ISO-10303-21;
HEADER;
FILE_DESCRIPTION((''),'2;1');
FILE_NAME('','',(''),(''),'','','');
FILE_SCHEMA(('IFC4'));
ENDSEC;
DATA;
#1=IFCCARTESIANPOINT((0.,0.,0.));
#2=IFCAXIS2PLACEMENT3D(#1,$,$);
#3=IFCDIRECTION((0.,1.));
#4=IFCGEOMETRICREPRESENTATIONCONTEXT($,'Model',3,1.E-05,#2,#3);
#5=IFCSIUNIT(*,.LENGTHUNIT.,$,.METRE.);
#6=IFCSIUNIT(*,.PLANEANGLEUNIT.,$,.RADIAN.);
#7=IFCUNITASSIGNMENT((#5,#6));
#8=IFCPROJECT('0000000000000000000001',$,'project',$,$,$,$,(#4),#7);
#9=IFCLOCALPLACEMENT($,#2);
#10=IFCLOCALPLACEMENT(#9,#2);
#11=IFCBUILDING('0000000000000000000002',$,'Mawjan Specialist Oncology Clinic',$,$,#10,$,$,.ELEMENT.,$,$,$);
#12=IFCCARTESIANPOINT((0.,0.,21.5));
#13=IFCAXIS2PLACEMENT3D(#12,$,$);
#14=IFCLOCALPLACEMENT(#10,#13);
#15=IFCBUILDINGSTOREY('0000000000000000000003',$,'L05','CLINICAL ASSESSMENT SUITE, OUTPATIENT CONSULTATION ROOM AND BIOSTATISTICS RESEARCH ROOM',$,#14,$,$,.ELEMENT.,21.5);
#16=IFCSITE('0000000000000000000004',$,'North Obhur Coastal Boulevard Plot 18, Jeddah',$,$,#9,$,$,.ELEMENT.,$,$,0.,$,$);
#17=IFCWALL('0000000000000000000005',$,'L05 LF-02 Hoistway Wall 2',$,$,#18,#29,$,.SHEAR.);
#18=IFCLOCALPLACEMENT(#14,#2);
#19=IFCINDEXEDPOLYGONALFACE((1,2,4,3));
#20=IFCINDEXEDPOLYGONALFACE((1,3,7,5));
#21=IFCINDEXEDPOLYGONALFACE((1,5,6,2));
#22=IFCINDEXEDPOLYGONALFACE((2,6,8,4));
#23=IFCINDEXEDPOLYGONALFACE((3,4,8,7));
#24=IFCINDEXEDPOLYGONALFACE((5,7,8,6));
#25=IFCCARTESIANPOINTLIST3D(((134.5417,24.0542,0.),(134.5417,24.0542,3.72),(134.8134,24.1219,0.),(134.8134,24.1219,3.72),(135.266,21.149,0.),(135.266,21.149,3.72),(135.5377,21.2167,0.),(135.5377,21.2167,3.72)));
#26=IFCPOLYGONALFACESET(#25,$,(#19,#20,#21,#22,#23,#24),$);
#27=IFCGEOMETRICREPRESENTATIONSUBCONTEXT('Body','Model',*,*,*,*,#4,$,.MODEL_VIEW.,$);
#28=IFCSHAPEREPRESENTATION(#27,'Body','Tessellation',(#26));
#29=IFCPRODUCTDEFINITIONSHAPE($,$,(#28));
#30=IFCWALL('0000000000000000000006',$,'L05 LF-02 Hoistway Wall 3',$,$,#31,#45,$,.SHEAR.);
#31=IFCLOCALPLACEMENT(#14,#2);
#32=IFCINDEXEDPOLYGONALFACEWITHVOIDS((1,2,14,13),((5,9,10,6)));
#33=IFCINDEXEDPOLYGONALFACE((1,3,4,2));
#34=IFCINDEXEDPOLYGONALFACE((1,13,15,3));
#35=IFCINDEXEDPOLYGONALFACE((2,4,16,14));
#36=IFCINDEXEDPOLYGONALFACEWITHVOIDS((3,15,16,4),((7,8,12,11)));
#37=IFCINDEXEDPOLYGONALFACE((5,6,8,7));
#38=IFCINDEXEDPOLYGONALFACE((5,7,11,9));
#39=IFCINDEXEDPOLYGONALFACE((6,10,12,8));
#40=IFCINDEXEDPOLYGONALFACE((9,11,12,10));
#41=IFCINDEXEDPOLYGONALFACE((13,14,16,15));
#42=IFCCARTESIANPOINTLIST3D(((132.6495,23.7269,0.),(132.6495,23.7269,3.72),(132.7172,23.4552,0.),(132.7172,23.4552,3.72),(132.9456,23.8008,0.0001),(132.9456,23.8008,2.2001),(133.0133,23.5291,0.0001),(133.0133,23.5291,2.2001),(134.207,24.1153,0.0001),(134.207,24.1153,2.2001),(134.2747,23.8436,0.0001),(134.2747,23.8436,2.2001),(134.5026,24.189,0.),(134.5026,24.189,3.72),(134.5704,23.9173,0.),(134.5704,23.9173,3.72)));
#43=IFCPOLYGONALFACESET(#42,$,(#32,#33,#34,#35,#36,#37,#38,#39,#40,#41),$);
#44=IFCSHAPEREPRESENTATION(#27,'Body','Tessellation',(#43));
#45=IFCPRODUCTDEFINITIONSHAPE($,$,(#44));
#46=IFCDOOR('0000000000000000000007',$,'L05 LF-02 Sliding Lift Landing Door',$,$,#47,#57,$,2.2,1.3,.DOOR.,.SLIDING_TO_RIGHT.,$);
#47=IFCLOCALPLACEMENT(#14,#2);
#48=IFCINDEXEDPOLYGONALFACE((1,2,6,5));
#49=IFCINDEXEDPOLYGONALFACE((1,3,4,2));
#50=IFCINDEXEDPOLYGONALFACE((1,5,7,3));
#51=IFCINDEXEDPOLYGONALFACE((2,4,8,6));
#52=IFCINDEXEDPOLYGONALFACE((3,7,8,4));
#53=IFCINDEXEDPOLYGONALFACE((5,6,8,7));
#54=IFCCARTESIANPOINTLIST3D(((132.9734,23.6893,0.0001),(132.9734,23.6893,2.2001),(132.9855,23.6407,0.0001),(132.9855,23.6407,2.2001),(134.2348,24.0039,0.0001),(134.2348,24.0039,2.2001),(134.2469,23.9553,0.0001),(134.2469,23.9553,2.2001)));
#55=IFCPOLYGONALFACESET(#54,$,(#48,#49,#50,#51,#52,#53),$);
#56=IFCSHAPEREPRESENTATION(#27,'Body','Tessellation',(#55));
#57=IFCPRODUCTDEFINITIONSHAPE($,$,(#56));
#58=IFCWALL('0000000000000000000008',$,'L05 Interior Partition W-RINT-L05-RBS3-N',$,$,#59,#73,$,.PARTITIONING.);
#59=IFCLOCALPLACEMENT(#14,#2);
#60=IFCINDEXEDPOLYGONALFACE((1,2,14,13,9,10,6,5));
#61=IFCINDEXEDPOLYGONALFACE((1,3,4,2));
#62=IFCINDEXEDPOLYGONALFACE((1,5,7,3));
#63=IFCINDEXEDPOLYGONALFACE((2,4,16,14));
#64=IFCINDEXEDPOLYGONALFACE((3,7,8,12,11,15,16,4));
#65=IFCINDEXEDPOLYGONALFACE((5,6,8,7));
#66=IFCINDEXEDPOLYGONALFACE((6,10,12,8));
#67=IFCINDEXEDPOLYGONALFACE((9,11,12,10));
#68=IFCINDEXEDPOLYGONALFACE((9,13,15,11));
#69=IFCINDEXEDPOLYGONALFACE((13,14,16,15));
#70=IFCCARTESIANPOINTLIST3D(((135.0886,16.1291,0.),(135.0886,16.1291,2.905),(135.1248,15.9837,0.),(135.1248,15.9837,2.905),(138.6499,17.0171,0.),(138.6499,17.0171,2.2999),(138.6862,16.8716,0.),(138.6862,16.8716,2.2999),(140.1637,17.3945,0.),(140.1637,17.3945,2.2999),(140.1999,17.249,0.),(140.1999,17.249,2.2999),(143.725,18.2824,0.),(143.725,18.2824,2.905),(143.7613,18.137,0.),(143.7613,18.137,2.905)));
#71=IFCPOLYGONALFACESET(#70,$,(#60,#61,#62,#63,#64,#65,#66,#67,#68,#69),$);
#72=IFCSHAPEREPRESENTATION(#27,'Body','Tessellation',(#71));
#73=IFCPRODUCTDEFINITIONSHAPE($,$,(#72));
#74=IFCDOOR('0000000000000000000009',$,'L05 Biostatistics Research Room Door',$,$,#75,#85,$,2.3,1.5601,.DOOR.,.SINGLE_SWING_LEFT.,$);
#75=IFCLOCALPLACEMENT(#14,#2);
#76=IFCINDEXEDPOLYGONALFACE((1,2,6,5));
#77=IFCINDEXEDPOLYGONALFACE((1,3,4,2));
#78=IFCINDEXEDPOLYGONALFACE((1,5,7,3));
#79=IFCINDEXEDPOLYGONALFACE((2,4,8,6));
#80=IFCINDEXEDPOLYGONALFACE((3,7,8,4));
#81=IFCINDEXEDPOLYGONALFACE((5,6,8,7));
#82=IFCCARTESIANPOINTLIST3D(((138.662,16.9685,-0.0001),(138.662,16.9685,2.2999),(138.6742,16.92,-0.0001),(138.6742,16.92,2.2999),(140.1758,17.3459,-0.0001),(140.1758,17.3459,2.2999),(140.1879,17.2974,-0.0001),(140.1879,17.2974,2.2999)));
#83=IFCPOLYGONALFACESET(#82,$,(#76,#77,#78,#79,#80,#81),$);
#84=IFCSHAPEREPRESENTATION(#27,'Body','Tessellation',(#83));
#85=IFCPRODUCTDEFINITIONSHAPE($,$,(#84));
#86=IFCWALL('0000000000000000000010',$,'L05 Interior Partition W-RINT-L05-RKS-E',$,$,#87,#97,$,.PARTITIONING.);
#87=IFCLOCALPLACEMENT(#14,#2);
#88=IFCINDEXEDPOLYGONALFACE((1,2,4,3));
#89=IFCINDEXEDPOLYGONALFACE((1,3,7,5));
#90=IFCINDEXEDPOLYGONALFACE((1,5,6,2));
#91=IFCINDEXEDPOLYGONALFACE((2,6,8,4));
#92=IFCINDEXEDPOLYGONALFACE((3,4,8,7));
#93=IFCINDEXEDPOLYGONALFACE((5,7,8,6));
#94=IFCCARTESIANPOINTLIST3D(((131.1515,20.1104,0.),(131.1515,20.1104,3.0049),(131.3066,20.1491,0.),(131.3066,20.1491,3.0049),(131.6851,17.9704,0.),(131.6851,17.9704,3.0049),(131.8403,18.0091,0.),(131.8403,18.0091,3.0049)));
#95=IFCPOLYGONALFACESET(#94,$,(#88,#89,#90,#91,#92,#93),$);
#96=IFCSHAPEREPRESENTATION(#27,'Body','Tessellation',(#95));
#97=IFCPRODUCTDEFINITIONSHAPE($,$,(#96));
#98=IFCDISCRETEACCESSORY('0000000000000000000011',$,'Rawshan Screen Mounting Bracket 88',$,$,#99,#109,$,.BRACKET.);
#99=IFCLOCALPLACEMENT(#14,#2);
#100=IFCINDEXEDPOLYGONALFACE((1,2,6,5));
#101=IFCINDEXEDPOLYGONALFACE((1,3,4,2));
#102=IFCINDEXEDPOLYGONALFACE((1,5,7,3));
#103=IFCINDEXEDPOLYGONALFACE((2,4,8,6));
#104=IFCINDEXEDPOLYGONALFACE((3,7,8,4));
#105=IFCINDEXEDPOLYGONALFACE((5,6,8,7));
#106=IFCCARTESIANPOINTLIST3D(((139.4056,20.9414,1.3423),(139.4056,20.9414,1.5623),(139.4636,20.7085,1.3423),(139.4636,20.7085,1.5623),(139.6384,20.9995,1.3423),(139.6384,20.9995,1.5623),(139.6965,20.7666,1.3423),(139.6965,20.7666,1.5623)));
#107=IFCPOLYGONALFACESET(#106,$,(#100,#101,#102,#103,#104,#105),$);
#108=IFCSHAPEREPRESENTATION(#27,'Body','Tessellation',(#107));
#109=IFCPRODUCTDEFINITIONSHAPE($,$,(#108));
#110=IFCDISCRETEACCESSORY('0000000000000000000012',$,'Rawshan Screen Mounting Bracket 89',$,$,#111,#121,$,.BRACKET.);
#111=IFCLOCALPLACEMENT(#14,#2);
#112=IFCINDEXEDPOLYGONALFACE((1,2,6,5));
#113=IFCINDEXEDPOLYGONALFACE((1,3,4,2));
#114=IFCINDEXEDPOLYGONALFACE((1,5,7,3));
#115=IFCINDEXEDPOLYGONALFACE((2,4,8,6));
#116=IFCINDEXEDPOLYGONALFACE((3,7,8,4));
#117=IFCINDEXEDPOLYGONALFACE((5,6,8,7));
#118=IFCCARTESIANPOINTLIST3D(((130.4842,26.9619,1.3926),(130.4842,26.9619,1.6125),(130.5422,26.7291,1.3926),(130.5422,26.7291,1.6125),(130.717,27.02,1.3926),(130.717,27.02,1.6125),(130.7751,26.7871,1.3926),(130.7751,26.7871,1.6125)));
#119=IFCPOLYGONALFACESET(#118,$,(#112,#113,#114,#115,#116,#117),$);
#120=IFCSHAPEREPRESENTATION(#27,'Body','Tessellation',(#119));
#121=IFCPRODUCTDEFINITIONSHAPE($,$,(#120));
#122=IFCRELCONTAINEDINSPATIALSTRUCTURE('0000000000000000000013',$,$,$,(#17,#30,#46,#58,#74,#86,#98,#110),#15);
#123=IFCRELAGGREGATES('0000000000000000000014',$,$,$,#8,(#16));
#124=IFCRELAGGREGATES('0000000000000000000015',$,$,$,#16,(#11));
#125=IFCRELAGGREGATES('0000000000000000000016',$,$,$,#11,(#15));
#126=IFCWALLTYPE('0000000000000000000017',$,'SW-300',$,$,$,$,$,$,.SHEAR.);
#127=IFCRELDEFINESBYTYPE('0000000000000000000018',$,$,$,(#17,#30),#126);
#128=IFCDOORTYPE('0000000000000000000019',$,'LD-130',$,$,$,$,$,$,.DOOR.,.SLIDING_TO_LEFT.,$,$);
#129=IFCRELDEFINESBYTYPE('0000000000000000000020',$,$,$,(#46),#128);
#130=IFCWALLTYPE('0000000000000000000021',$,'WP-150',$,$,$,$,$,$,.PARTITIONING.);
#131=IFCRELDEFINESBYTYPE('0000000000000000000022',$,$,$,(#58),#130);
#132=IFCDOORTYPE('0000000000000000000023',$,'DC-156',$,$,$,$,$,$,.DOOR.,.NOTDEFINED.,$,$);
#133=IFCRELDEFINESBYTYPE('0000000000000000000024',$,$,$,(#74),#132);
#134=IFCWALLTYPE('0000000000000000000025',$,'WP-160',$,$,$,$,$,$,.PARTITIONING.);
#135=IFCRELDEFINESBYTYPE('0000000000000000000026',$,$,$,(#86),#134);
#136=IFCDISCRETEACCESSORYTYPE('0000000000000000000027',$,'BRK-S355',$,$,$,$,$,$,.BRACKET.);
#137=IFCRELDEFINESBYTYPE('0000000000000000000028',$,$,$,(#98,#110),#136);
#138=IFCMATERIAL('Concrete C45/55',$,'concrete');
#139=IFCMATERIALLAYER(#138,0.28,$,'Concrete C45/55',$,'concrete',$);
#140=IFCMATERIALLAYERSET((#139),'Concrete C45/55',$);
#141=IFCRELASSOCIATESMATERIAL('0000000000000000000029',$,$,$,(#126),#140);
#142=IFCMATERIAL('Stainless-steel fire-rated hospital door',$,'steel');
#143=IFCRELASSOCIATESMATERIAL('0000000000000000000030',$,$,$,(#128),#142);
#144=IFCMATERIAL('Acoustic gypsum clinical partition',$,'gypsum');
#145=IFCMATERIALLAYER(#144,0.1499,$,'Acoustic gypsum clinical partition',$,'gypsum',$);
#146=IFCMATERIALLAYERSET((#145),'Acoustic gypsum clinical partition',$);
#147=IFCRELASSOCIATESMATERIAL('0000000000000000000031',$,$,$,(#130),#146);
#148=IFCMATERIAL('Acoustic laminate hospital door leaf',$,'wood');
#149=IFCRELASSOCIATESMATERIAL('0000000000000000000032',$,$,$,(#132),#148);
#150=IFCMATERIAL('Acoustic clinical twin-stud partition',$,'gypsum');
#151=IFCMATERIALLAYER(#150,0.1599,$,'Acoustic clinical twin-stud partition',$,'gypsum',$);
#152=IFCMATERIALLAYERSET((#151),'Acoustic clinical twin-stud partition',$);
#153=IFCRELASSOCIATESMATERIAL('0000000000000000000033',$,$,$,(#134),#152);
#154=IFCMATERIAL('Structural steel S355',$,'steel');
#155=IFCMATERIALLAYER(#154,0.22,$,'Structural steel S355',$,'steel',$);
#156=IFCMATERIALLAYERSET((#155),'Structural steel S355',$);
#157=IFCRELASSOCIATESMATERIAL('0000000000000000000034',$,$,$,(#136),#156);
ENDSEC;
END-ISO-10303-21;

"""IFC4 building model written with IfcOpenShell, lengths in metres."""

from ifc_helpers import new_model, si_unit, direction, frame, frame_2d, origin, origin_2d, place, context, subcontext, project, spatial, rectangle, extrude, material, layer, layer_set, type_object, element, fill, save


model = new_model("IFC4")

# Units and contexts
model_context = context("Model", 3, precision=1e-05, world=origin(), true_north=direction((0.0, 1.0)))
body_context = subcontext(model_context, "Body", "Model", "MODEL_VIEW")
ifc_project = project(units=[si_unit("LENGTHUNIT", "METRE"), si_unit("PLANEANGLEUNIT", "RADIAN")], contexts=[model_context])

# Site, building, storey
site_placement = place(None, origin())
site = spatial("IfcSite", under=ifc_project, at=site_placement, Name="North Obhur Coastal Boulevard Plot 18, Jeddah", CompositionType="ELEMENT", RefElevation=0.0)
building_placement = place(site_placement, origin())
building = spatial("IfcBuilding", under=site, at=building_placement, Name="Mawjan Specialist Oncology Clinic", CompositionType="ELEMENT")
storey_placement = place(building_placement, frame((0.0, 0.0, 21.5)))
storey = spatial("IfcBuildingStorey", under=building, at=storey_placement, Name="L05", Description="CLINICAL ASSESSMENT SUITE, OUTPATIENT CONSULTATION ROOM AND BIOSTATISTICS RESEARCH ROOM", CompositionType="ELEMENT", Elevation=21.5)

# Shared definitions
ifc_material_1 = material(Name="Concrete C45/55", Category="concrete")
ifc_layer_1 = layer(ifc_material_1, 0.28, Name="Concrete C45/55", Category="concrete")
ifc_layer_set_1 = layer_set([ifc_layer_1], Name="Concrete C45/55")
wall_type_1 = type_object("IfcWallType", Name="SW-300", PredefinedType="SHEAR", material=ifc_layer_set_1)

# Shared definitions
ifc_material_2 = material(Name="Stainless-steel fire-rated hospital door", Category="steel")
door_type_1 = type_object("IfcDoorType", Name="LD-130", OperationType="SLIDING_TO_LEFT", PredefinedType="DOOR", material=ifc_material_2)

# Wall
wall_1_placement = place(storey_placement, frame((135.4019, 21.1829, 0.0), z_axis=(0.0, 0.0, 1.0), x_axis=(-0.241922, 0.970296, 0.0)))
element("IfcWall", 1, at=wall_1_placement, inside=storey, type_object=wall_type_1, Name="L05 LF-02 Hoistway Wall 2", PredefinedType="SHEAR", context=body_context, shape_type="SweptSolid", body=[
    extrude(rectangle(XDim=2.9941, YDim=0.28, at=frame_2d((1.4971, 0.0))), origin(), (0.0, 0.0, 1.0), 3.72),
])

# Walls, openings, doors
wall_2_placement = place(storey_placement, frame((134.5366, 24.0532, 0.0), z_axis=(0.0, 0.0, 1.0), x_axis=(-0.970285, -0.241964, 0.0)))
wall_2 = element("IfcWall", 2, at=wall_2_placement, inside=storey, type_object=wall_type_1, Name="L05 LF-02 Hoistway Wall 3", PredefinedType="SHEAR", context=body_context, shape_type="SweptSolid", body=[
    extrude(rectangle(XDim=1.9099, YDim=0.28, at=frame_2d((0.9551, 0.0))), origin(), (0.0, 0.0, 1.0), 3.72),
])
opening_1_placement = place(wall_2_placement, frame((0.3049, 0.0, 0.0)))
opening_1 = element("IfcOpeningElement", 3, at=opening_1_placement, cuts=wall_2, PredefinedType="OPENING", context=body_context, shape_type="SweptSolid", body=[
    extrude(rectangle(XDim=1.3, YDim=2.2, at=frame_2d((0.6499, 1.1001))), frame((0.0, 0.1521, 0.0), z_axis=(0.0, -1.0, 0.0), x_axis=(1.0, 0.0, 0.0)), (0.0, 0.0, 1.0), 0.304),
])
door_1_placement = place(opening_1_placement, origin())
door_1 = element("IfcDoor", 4, at=door_1_placement, inside=storey, type_object=door_type_1, Name="L05 LF-02 Sliding Lift Landing Door", OperationType="SLIDING_TO_RIGHT", OverallHeight=2.2, OverallWidth=1.3, PredefinedType="DOOR", context=body_context, shape_type="SweptSolid", body=[
    extrude(rectangle(XDim=1.3, YDim=2.2, at=frame_2d((0.6499, 1.1001))), frame((0.0, 0.0249, 0.0), z_axis=(0.0, -1.0, 0.0), x_axis=(1.0, 0.0, 0.0)), (0.0, 0.0, 1.0), 0.05),
])
fill(opening_1, door_1)
ifc_material_3 = material(Name="Acoustic gypsum clinical partition", Category="gypsum")
ifc_layer_2 = layer(ifc_material_3, 0.1499, Name="Acoustic gypsum clinical partition", Category="gypsum")
ifc_layer_set_2 = layer_set([ifc_layer_2], Name="Acoustic gypsum clinical partition")
wall_type_2 = type_object("IfcWallType", Name="WP-150", PredefinedType="PARTITIONING", material=ifc_layer_set_2)
wall_3_placement = place(storey_placement, frame((135.1067, 16.0564, 0.0), z_axis=(0.0, 0.0, 1.0), x_axis=(0.970296, 0.241922, 0.0)))
wall_3 = element("IfcWall", 5, at=wall_3_placement, inside=storey, type_object=wall_type_2, Name="L05 Interior Partition W-RINT-L05-RBS3-N", PredefinedType="PARTITIONING", context=body_context, shape_type="SweptSolid", body=[
    extrude(rectangle(XDim=8.9009, YDim=0.1499, at=frame_2d((4.4504, 0.0))), origin(), (0.0, 0.0, 1.0), 2.905),
])
opening_2_placement = place(wall_3_placement, frame((3.6704, 0.0, 0.0)))
opening_2 = element("IfcOpeningElement", 6, at=opening_2_placement, cuts=wall_3, PredefinedType="OPENING", context=body_context, shape_type="SweptSolid", body=[
    extrude(rectangle(XDim=1.5601, YDim=2.3, at=frame_2d((0.78, 1.1499))), frame((0.0, 0.0869, 0.0), z_axis=(0.0, -1.0, 0.0), x_axis=(1.0, 0.0, 0.0)), (0.0, 0.0, 1.0), 0.1738),
])
ifc_material_4 = material(Name="Acoustic laminate hospital door leaf", Category="wood")
door_type_2 = type_object("IfcDoorType", Name="DC-156", OperationType="NOTDEFINED", PredefinedType="DOOR", material=ifc_material_4)
door_2_placement = place(opening_2_placement, origin())
door_2 = element("IfcDoor", 7, at=door_2_placement, inside=storey, type_object=door_type_2, Name="L05 Biostatistics Research Room Door", OperationType="SINGLE_SWING_LEFT", OverallHeight=2.3, OverallWidth=1.5601, PredefinedType="DOOR", context=body_context, shape_type="SweptSolid", body=[
    extrude(rectangle(XDim=1.5601, YDim=2.3, at=frame_2d((0.78, 1.1499))), frame((0.0, 0.0249, 0.0), z_axis=(0.0, -1.0, 0.0), x_axis=(1.0, 0.0, 0.0)), (0.0, 0.0, 1.0), 0.05),
])
fill(opening_2, door_2)

# Wall
ifc_material_5 = material(Name="Acoustic clinical twin-stud partition", Category="gypsum")
ifc_layer_3 = layer(ifc_material_5, 0.1599, Name="Acoustic clinical twin-stud partition", Category="gypsum")
ifc_layer_set_3 = layer_set([ifc_layer_3], Name="Acoustic clinical twin-stud partition")
wall_type_3 = type_object("IfcWallType", Name="WP-160", PredefinedType="PARTITIONING", material=ifc_layer_set_3)
wall_4_placement = place(storey_placement, frame((131.7627, 17.9897, 0.0), z_axis=(0.0, 0.0, 1.0), x_axis=(-0.241963, 0.970286, 0.0)))
element("IfcWall", 8, at=wall_4_placement, inside=storey, type_object=wall_type_3, Name="L05 Interior Partition W-RINT-L05-RKS-E", PredefinedType="PARTITIONING", context=body_context, shape_type="SweptSolid", body=[
    extrude(rectangle(XDim=2.2056, YDim=0.1599, at=frame_2d((1.1028, 0.0))), origin(), (0.0, 0.0, 1.0), 3.0049),
])

# Discrete accessories
ifc_material_6 = material(Name="Structural steel S355", Category="steel")
ifc_layer_4 = layer(ifc_material_6, 0.22, Name="Structural steel S355", Category="steel")
ifc_layer_set_4 = layer_set([ifc_layer_4], Name="Structural steel S355")
discrete_accessory_type = type_object("IfcDiscreteAccessoryType", Name="BRK-S355", PredefinedType="BRACKET", material=ifc_layer_set_4)
for number, where, z_axis, x_axis, name in (
    (9, (139.551, 20.854, 1.3423), (0.0, 0.0, 1.0), (0.970296, 0.241922, 0.0), "Rawshan Screen Mounting Bracket 88"),
    (10, (130.6296, 26.8745, 1.3926), (0.0, 0.0, 1.0), (0.970296, 0.241922, 0.0), "Rawshan Screen Mounting Bracket 89"),
):
    element("IfcDiscreteAccessory", number, at=place(storey_placement, frame(where, z_axis=z_axis, x_axis=x_axis)), inside=storey, type_object=discrete_accessory_type, Name=name, PredefinedType="BRACKET", context=body_context, shape_type="SweptSolid", body=[
        extrude(rectangle(XDim=0.24, YDim=0.24, at=origin_2d()), origin(), (0.0, 0.0, 1.0), 0.22),
    ])

save(model, "model.ifc")
